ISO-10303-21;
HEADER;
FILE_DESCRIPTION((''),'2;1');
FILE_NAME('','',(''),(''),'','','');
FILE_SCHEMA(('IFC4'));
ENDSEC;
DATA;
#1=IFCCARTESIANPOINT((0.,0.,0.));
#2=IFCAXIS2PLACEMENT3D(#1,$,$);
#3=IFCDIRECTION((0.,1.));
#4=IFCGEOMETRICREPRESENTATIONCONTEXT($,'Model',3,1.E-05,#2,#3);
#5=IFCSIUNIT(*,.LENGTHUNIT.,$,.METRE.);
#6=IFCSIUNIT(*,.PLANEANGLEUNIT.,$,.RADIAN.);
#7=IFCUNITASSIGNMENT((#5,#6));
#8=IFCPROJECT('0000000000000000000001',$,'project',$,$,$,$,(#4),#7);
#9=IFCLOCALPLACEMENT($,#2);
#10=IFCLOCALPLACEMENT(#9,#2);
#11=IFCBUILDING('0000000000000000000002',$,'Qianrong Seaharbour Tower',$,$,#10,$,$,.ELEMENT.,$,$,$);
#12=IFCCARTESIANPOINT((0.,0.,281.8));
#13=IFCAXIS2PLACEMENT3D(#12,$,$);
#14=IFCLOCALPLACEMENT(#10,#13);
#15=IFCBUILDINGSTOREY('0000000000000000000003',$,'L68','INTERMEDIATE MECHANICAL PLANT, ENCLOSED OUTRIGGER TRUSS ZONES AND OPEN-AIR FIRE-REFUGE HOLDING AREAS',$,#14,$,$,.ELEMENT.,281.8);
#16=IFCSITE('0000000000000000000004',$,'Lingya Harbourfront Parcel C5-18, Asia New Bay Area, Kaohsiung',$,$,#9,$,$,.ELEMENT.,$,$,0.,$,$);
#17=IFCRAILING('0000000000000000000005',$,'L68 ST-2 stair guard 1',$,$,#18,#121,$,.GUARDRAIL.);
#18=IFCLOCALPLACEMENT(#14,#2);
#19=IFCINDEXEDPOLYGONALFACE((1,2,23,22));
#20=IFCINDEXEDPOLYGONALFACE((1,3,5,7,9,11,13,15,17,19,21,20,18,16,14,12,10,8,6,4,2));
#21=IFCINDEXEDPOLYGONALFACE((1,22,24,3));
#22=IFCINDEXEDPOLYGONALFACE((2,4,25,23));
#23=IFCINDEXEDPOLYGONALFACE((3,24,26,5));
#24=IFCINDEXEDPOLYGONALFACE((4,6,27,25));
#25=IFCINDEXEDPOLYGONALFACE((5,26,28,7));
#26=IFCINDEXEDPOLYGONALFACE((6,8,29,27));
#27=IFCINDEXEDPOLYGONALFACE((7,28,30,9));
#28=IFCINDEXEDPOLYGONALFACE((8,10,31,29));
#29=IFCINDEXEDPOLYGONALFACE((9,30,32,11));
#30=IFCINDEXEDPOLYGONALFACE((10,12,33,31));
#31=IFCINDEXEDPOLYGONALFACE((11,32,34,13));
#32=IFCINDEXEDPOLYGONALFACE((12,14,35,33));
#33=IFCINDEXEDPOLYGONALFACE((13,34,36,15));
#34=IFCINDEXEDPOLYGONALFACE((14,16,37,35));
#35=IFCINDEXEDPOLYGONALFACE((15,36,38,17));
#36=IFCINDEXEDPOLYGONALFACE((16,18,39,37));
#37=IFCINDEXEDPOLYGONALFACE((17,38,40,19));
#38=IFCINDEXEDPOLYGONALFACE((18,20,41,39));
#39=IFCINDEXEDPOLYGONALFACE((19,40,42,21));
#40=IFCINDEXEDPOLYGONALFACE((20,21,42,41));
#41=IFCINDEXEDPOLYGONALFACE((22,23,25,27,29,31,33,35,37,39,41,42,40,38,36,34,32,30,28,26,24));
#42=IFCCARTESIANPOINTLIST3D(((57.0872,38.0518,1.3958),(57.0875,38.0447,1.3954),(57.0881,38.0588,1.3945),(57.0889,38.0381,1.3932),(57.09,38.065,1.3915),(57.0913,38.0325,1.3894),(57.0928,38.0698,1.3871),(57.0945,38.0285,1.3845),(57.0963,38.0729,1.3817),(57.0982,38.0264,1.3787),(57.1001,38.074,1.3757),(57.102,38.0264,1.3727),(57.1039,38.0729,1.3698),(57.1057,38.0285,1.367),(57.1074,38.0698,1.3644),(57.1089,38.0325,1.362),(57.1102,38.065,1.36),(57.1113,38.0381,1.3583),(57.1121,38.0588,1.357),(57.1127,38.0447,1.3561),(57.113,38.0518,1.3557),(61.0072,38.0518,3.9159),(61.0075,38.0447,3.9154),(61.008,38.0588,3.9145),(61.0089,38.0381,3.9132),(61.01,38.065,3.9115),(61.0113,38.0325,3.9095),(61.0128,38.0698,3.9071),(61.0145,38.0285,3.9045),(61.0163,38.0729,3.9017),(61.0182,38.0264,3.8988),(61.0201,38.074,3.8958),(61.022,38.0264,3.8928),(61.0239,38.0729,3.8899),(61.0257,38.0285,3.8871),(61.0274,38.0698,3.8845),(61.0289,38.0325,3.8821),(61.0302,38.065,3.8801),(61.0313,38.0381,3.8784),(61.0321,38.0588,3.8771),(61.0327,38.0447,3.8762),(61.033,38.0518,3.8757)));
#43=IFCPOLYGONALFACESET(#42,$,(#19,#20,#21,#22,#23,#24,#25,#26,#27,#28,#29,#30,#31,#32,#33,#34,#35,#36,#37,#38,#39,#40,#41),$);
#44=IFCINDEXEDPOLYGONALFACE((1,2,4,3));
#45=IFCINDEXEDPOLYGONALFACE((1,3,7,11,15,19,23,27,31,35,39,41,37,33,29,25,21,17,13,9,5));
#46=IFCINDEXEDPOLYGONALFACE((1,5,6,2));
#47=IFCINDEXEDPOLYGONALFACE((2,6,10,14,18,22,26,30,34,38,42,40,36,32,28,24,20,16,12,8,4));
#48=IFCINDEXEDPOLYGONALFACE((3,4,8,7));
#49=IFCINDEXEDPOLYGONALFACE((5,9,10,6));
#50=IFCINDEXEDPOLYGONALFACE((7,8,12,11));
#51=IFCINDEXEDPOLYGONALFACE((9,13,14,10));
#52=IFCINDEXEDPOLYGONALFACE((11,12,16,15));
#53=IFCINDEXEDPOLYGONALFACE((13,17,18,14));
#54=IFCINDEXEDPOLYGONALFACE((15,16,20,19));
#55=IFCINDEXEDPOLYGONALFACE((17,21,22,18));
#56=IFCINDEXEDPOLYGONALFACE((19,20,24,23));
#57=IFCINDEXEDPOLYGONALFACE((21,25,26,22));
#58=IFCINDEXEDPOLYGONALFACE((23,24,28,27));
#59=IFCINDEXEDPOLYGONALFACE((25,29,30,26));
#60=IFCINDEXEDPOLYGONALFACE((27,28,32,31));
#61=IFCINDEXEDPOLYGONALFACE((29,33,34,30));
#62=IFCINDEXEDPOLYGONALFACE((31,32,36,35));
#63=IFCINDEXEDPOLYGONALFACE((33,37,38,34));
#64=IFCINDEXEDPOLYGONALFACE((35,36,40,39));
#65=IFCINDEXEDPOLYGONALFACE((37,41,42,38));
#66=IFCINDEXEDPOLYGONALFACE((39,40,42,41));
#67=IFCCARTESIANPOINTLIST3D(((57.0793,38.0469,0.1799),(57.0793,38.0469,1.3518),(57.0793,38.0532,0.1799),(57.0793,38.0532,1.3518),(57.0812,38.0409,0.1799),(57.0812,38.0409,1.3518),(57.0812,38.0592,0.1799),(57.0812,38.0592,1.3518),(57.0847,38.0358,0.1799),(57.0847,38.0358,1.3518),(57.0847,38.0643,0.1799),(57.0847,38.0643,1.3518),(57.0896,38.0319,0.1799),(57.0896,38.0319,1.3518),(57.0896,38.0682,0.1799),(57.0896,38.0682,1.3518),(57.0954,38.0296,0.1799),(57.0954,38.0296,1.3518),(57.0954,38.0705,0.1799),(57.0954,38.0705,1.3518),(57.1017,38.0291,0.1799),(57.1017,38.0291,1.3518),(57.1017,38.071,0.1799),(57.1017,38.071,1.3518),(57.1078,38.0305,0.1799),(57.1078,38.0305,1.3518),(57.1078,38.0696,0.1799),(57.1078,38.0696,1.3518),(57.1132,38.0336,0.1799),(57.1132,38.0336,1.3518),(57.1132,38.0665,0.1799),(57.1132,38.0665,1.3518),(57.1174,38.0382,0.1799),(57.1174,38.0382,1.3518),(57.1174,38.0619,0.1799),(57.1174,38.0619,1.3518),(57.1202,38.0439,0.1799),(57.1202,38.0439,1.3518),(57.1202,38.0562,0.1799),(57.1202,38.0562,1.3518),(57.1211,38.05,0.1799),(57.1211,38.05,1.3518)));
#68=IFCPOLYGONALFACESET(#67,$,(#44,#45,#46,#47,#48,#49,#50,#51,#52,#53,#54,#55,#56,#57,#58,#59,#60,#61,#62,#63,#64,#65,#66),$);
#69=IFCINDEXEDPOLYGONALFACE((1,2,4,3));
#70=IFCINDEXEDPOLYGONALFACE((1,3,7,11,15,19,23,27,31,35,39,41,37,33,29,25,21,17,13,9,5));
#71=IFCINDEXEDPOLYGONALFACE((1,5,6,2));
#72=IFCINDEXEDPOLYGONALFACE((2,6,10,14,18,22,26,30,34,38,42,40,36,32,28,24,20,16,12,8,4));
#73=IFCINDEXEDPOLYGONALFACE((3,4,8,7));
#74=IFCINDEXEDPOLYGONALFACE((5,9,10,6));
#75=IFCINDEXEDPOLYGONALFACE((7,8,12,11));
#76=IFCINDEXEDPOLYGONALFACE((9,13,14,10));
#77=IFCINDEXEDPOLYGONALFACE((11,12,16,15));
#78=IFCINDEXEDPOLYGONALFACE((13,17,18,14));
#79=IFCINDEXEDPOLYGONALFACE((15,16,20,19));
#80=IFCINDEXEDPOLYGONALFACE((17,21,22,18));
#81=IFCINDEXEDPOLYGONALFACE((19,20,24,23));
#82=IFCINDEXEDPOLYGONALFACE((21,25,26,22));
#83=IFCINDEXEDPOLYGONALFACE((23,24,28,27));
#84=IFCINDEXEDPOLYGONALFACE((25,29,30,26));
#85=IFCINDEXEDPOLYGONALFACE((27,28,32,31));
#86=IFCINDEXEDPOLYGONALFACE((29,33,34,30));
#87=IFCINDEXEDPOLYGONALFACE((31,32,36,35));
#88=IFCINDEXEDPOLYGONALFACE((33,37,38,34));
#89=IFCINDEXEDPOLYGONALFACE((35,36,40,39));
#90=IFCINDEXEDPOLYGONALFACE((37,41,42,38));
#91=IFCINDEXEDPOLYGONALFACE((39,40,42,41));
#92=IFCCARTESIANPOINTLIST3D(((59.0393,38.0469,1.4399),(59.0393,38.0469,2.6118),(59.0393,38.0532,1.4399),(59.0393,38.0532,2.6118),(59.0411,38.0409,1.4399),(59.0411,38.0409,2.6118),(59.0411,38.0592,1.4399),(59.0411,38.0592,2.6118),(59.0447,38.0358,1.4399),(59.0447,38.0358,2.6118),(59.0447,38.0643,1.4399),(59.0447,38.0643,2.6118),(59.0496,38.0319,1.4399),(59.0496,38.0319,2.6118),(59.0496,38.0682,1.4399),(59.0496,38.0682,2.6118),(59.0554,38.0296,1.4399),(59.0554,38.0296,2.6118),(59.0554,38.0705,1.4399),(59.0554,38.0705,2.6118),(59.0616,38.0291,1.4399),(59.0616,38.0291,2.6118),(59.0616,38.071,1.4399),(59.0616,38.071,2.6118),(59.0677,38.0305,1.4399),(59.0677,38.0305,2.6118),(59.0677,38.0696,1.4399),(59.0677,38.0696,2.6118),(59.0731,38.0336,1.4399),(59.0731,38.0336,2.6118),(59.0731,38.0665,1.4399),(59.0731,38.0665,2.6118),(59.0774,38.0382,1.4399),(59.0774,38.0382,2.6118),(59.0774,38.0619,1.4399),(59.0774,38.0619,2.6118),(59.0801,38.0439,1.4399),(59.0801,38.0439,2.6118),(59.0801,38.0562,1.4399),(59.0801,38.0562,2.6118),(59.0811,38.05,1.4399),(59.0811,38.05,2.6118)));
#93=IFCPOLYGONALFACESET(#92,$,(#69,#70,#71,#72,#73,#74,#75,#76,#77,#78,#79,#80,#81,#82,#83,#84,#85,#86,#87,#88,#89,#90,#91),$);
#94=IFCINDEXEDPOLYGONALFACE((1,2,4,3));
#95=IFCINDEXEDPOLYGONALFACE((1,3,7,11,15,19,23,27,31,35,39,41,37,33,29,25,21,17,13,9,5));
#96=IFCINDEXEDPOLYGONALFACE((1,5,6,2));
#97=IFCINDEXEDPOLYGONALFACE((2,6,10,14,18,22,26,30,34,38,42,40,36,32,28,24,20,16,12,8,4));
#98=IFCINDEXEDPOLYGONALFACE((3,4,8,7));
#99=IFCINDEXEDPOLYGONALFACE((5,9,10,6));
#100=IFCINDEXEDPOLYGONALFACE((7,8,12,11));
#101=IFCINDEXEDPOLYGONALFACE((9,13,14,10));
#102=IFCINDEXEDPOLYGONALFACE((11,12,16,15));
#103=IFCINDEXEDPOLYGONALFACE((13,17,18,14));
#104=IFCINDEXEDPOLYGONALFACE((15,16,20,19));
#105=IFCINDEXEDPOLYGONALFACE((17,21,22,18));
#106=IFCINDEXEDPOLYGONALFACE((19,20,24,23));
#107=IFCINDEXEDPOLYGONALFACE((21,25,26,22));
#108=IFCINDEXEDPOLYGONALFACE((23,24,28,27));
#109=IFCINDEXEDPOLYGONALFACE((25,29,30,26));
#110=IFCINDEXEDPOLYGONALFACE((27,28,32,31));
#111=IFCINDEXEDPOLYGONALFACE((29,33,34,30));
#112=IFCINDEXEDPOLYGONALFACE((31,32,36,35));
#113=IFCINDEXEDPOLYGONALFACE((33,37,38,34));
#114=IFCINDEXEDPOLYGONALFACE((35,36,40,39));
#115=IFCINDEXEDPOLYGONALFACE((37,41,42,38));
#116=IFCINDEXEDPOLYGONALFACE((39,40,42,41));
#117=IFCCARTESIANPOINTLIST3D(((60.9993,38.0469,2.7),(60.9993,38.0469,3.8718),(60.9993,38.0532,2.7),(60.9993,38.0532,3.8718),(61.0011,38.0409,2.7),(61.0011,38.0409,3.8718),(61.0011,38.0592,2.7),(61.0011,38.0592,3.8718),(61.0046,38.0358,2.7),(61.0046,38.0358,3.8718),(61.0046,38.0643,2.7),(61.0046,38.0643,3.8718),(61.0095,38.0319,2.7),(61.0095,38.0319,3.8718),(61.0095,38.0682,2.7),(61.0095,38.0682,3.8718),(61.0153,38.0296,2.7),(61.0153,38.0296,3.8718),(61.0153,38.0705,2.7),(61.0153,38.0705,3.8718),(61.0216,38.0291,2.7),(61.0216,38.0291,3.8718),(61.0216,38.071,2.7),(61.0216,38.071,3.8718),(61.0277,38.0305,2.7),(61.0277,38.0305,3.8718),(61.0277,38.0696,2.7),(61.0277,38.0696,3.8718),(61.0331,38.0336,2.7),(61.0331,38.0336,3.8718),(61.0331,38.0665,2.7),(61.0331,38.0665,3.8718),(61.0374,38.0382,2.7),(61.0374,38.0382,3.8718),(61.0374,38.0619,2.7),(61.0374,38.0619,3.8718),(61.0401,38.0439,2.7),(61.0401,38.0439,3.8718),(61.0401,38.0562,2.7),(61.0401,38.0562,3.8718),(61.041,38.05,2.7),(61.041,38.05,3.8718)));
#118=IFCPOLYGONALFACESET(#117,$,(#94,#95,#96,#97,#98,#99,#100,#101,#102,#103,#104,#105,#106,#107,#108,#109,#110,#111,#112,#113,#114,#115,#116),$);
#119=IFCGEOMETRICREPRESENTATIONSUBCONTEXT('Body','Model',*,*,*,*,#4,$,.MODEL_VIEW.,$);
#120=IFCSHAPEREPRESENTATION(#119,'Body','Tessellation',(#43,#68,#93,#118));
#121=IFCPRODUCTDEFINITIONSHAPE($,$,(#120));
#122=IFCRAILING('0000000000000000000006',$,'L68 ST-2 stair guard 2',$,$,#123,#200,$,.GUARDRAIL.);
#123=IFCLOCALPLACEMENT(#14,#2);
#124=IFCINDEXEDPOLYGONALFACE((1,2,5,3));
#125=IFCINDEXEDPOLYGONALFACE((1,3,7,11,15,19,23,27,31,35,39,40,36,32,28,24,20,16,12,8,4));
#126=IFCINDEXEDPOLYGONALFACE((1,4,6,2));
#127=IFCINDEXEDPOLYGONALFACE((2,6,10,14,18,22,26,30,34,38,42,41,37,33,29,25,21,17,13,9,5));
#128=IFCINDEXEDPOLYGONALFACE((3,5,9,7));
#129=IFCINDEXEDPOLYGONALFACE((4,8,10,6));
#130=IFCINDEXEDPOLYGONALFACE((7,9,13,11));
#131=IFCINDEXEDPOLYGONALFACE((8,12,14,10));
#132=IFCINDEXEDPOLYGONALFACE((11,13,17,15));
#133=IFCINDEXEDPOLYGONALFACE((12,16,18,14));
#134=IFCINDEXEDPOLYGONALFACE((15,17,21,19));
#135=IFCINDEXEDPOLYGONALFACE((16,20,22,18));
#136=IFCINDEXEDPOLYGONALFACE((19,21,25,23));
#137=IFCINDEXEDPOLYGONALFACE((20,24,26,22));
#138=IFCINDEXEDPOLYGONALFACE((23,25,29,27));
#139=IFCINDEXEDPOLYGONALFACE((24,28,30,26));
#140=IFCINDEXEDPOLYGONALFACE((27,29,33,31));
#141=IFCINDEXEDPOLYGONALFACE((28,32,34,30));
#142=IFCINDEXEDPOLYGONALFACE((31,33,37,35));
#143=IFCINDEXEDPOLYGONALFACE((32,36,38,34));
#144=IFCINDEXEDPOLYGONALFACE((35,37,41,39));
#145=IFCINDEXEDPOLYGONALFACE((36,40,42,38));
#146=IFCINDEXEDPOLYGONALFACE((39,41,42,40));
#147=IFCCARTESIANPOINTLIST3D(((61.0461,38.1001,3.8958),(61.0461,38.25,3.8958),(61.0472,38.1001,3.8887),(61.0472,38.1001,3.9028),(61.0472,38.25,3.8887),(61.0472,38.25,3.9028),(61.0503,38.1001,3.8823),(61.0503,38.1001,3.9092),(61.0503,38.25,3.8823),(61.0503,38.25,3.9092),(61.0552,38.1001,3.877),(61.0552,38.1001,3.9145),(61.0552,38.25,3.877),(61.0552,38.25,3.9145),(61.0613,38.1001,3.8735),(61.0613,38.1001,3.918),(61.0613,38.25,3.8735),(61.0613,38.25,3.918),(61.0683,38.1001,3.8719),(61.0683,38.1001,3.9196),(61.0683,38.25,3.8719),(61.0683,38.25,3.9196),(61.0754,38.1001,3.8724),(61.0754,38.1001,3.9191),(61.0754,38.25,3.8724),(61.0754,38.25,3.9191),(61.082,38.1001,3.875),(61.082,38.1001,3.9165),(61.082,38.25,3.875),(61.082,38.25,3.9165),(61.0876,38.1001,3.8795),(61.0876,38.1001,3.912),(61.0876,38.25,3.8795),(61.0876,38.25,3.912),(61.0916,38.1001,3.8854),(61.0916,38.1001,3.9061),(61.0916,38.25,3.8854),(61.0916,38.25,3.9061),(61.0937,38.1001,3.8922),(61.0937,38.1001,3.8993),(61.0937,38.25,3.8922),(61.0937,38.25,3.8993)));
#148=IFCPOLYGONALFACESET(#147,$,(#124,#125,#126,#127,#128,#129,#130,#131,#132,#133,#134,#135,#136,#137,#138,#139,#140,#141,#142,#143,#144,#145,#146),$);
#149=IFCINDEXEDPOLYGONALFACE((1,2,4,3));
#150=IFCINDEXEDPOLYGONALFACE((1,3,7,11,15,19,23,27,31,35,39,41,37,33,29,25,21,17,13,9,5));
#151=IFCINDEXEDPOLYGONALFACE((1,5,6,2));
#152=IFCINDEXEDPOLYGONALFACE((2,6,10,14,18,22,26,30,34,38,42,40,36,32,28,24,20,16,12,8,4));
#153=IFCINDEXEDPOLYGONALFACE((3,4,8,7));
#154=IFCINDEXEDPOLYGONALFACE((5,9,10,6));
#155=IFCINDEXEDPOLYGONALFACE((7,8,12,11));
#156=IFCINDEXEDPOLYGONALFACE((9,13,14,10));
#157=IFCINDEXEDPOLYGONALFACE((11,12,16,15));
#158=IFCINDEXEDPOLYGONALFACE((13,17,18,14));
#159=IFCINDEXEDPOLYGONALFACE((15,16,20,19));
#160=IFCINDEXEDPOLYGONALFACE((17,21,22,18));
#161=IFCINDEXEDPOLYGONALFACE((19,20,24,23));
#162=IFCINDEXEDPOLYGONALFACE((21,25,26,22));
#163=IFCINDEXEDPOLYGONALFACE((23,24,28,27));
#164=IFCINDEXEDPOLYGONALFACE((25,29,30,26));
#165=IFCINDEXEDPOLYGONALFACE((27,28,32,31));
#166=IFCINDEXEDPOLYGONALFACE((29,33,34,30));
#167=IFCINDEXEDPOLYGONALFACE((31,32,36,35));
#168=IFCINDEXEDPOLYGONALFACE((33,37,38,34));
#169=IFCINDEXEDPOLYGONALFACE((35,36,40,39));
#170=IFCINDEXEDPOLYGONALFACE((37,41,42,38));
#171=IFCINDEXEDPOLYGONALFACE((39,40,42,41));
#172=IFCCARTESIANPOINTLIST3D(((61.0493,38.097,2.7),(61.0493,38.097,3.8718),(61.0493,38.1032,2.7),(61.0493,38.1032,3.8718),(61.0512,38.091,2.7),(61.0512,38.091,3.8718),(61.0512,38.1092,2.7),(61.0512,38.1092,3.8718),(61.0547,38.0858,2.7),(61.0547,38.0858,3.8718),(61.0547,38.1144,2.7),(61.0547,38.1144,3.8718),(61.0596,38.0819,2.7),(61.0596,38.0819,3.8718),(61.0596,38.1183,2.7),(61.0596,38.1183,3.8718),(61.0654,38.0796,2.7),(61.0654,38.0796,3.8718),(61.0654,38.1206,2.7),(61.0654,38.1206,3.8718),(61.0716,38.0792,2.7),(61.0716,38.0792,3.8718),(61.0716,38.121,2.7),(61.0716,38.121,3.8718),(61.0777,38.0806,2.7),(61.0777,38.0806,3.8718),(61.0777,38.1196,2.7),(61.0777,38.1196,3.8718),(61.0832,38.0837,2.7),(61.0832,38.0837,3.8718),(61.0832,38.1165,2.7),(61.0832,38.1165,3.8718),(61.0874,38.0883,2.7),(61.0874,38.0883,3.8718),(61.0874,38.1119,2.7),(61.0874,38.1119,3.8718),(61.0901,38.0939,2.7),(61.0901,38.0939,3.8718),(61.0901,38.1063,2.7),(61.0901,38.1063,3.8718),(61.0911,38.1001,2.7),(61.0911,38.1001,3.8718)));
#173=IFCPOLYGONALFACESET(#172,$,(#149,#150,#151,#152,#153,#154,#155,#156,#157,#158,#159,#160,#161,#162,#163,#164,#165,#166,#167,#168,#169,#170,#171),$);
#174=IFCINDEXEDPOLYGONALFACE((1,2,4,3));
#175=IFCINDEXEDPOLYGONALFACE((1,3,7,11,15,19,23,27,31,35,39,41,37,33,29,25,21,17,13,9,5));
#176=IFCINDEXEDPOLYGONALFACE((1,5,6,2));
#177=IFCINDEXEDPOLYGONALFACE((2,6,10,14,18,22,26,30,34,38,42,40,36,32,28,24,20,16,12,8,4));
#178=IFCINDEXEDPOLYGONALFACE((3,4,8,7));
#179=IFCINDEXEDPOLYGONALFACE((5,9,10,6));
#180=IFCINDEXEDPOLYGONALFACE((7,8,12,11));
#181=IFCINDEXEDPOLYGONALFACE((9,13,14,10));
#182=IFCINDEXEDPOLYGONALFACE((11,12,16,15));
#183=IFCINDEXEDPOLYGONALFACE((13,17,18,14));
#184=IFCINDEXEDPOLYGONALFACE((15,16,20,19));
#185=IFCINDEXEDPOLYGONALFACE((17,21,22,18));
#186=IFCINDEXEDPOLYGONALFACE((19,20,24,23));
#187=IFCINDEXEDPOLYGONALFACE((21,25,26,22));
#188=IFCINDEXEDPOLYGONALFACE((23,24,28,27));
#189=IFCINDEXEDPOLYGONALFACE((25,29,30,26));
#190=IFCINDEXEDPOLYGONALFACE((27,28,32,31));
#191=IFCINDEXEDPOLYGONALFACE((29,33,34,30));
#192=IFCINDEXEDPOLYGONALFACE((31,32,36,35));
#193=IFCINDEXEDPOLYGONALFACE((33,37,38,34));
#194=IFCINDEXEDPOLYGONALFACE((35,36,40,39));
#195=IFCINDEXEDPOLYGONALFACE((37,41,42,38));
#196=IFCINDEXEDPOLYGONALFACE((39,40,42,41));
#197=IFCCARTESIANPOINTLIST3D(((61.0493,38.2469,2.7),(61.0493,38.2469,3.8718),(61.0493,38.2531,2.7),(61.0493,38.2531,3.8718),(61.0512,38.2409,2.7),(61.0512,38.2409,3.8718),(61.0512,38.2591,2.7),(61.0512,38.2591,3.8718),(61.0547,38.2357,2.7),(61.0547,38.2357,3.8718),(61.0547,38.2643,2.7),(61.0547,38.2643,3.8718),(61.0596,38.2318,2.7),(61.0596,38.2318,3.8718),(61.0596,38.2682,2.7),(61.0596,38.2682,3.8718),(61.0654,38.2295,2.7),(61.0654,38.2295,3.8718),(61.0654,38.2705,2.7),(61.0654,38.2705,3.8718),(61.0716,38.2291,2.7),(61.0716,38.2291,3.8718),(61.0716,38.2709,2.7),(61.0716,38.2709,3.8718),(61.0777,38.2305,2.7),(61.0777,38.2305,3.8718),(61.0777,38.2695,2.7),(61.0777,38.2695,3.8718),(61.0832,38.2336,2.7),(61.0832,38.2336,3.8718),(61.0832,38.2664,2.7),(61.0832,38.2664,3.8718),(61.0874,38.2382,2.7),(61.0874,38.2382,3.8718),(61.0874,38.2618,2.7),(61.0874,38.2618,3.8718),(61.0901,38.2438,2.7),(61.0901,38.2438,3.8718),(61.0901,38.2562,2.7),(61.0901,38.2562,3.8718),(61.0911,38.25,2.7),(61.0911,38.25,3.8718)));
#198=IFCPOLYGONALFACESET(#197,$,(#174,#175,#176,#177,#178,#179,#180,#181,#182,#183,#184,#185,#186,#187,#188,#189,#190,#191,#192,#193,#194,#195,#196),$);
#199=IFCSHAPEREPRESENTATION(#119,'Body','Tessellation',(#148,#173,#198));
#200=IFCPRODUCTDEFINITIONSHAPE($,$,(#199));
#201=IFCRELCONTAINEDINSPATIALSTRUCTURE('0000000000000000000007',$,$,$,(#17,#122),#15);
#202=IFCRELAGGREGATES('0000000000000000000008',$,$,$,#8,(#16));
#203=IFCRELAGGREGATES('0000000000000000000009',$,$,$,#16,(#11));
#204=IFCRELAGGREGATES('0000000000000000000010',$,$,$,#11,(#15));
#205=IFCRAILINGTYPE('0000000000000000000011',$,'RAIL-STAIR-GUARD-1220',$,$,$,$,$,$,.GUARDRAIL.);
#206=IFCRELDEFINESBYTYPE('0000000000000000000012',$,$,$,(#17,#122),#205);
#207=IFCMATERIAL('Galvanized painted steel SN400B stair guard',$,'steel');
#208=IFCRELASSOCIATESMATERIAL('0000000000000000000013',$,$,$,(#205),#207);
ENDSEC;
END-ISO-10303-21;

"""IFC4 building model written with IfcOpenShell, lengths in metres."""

from ifc_helpers import new_model, si_unit, direction, frame, origin, origin_2d, place, context, subcontext, project, spatial, circle, extrude, material, type_object, element, save


model = new_model("IFC4")

# Units and contexts
model_context = context("Model", 3, precision=1e-05, world=origin(), true_north=direction((0.0, 1.0)))
body_context = subcontext(model_context, "Body", "Model", "MODEL_VIEW")
ifc_project = project(units=[si_unit("LENGTHUNIT", "METRE"), si_unit("PLANEANGLEUNIT", "RADIAN")], contexts=[model_context])

# Site, building, storey
site_placement = place(None, origin())
site = spatial("IfcSite", under=ifc_project, at=site_placement, Name="Lingya Harbourfront Parcel C5-18, Asia New Bay Area, Kaohsiung", CompositionType="ELEMENT", RefElevation=0.0)
building_placement = place(site_placement, origin())
building = spatial("IfcBuilding", under=site, at=building_placement, Name="Qianrong Seaharbour Tower", CompositionType="ELEMENT")
storey_placement = place(building_placement, frame((0.0, 0.0, 281.8)))
storey = spatial("IfcBuildingStorey", under=building, at=storey_placement, Name="L68", Description="INTERMEDIATE MECHANICAL PLANT, ENCLOSED OUTRIGGER TRUSS ZONES AND OPEN-AIR FIRE-REFUGE HOLDING AREAS", CompositionType="ELEMENT", Elevation=281.8)

# Railings
ifc_material_1 = material(Name="Galvanized painted steel SN400B stair guard", Category="steel")
railing_type_1 = type_object("IfcRailingType", Name="RAIL-STAIR-GUARD-1220", PredefinedType="GUARDRAIL", material=ifc_material_1)
railing_1_placement = place(storey_placement, frame((57.1001, 38.05, 0.1799)))
element("IfcRailing", 1, at=railing_1_placement, inside=storey, type_object=railing_type_1, Name="L68 ST-2 stair guard 1", PredefinedType="GUARDRAIL", context=body_context, shape_type="SweptSolid", body=[
    extrude(circle(Radius=0.0239, at=origin_2d()), frame((0.0, 0.0, 1.1958), z_axis=(0.841172, 0.0, 0.540768), x_axis=(0.0, 1.0, 0.0)), (0.0, 0.0, 1.0), 4.6602),
    extrude(circle(Radius=0.021, at=origin_2d()), origin(), (0.0, 0.0, 1.0), 1.1719),
    extrude(circle(Radius=0.021, at=origin_2d()), frame((1.96, 0.0, 1.26)), (0.0, 0.0, 1.0), 1.1719),
    extrude(circle(Radius=0.021, at=origin_2d()), frame((3.9199, 0.0, 2.52)), (0.0, 0.0, 1.0), 1.1719),
])
railing_2_placement = place(storey_placement, frame((61.0701, 38.1001, 2.7)))
element("IfcRailing", 2, at=railing_2_placement, inside=storey, type_object=railing_type_1, Name="L68 ST-2 stair guard 2", PredefinedType="GUARDRAIL", context=body_context, shape_type="SweptSolid", body=[
    extrude(circle(Radius=0.0239, at=origin_2d()), frame((0.0, 0.0, 1.1958), z_axis=(0.0, 1.0, 0.0), x_axis=(-1.0, 0.0, 0.0)), (0.0, 0.0, 1.0), 0.1499),
    extrude(circle(Radius=0.021, at=origin_2d()), origin(), (0.0, 0.0, 1.0), 1.1719),
    extrude(circle(Radius=0.021, at=origin_2d()), frame((0.0, 0.1499, 0.0)), (0.0, 0.0, 1.0), 1.1719),
])

save(model, "model.ifc")
